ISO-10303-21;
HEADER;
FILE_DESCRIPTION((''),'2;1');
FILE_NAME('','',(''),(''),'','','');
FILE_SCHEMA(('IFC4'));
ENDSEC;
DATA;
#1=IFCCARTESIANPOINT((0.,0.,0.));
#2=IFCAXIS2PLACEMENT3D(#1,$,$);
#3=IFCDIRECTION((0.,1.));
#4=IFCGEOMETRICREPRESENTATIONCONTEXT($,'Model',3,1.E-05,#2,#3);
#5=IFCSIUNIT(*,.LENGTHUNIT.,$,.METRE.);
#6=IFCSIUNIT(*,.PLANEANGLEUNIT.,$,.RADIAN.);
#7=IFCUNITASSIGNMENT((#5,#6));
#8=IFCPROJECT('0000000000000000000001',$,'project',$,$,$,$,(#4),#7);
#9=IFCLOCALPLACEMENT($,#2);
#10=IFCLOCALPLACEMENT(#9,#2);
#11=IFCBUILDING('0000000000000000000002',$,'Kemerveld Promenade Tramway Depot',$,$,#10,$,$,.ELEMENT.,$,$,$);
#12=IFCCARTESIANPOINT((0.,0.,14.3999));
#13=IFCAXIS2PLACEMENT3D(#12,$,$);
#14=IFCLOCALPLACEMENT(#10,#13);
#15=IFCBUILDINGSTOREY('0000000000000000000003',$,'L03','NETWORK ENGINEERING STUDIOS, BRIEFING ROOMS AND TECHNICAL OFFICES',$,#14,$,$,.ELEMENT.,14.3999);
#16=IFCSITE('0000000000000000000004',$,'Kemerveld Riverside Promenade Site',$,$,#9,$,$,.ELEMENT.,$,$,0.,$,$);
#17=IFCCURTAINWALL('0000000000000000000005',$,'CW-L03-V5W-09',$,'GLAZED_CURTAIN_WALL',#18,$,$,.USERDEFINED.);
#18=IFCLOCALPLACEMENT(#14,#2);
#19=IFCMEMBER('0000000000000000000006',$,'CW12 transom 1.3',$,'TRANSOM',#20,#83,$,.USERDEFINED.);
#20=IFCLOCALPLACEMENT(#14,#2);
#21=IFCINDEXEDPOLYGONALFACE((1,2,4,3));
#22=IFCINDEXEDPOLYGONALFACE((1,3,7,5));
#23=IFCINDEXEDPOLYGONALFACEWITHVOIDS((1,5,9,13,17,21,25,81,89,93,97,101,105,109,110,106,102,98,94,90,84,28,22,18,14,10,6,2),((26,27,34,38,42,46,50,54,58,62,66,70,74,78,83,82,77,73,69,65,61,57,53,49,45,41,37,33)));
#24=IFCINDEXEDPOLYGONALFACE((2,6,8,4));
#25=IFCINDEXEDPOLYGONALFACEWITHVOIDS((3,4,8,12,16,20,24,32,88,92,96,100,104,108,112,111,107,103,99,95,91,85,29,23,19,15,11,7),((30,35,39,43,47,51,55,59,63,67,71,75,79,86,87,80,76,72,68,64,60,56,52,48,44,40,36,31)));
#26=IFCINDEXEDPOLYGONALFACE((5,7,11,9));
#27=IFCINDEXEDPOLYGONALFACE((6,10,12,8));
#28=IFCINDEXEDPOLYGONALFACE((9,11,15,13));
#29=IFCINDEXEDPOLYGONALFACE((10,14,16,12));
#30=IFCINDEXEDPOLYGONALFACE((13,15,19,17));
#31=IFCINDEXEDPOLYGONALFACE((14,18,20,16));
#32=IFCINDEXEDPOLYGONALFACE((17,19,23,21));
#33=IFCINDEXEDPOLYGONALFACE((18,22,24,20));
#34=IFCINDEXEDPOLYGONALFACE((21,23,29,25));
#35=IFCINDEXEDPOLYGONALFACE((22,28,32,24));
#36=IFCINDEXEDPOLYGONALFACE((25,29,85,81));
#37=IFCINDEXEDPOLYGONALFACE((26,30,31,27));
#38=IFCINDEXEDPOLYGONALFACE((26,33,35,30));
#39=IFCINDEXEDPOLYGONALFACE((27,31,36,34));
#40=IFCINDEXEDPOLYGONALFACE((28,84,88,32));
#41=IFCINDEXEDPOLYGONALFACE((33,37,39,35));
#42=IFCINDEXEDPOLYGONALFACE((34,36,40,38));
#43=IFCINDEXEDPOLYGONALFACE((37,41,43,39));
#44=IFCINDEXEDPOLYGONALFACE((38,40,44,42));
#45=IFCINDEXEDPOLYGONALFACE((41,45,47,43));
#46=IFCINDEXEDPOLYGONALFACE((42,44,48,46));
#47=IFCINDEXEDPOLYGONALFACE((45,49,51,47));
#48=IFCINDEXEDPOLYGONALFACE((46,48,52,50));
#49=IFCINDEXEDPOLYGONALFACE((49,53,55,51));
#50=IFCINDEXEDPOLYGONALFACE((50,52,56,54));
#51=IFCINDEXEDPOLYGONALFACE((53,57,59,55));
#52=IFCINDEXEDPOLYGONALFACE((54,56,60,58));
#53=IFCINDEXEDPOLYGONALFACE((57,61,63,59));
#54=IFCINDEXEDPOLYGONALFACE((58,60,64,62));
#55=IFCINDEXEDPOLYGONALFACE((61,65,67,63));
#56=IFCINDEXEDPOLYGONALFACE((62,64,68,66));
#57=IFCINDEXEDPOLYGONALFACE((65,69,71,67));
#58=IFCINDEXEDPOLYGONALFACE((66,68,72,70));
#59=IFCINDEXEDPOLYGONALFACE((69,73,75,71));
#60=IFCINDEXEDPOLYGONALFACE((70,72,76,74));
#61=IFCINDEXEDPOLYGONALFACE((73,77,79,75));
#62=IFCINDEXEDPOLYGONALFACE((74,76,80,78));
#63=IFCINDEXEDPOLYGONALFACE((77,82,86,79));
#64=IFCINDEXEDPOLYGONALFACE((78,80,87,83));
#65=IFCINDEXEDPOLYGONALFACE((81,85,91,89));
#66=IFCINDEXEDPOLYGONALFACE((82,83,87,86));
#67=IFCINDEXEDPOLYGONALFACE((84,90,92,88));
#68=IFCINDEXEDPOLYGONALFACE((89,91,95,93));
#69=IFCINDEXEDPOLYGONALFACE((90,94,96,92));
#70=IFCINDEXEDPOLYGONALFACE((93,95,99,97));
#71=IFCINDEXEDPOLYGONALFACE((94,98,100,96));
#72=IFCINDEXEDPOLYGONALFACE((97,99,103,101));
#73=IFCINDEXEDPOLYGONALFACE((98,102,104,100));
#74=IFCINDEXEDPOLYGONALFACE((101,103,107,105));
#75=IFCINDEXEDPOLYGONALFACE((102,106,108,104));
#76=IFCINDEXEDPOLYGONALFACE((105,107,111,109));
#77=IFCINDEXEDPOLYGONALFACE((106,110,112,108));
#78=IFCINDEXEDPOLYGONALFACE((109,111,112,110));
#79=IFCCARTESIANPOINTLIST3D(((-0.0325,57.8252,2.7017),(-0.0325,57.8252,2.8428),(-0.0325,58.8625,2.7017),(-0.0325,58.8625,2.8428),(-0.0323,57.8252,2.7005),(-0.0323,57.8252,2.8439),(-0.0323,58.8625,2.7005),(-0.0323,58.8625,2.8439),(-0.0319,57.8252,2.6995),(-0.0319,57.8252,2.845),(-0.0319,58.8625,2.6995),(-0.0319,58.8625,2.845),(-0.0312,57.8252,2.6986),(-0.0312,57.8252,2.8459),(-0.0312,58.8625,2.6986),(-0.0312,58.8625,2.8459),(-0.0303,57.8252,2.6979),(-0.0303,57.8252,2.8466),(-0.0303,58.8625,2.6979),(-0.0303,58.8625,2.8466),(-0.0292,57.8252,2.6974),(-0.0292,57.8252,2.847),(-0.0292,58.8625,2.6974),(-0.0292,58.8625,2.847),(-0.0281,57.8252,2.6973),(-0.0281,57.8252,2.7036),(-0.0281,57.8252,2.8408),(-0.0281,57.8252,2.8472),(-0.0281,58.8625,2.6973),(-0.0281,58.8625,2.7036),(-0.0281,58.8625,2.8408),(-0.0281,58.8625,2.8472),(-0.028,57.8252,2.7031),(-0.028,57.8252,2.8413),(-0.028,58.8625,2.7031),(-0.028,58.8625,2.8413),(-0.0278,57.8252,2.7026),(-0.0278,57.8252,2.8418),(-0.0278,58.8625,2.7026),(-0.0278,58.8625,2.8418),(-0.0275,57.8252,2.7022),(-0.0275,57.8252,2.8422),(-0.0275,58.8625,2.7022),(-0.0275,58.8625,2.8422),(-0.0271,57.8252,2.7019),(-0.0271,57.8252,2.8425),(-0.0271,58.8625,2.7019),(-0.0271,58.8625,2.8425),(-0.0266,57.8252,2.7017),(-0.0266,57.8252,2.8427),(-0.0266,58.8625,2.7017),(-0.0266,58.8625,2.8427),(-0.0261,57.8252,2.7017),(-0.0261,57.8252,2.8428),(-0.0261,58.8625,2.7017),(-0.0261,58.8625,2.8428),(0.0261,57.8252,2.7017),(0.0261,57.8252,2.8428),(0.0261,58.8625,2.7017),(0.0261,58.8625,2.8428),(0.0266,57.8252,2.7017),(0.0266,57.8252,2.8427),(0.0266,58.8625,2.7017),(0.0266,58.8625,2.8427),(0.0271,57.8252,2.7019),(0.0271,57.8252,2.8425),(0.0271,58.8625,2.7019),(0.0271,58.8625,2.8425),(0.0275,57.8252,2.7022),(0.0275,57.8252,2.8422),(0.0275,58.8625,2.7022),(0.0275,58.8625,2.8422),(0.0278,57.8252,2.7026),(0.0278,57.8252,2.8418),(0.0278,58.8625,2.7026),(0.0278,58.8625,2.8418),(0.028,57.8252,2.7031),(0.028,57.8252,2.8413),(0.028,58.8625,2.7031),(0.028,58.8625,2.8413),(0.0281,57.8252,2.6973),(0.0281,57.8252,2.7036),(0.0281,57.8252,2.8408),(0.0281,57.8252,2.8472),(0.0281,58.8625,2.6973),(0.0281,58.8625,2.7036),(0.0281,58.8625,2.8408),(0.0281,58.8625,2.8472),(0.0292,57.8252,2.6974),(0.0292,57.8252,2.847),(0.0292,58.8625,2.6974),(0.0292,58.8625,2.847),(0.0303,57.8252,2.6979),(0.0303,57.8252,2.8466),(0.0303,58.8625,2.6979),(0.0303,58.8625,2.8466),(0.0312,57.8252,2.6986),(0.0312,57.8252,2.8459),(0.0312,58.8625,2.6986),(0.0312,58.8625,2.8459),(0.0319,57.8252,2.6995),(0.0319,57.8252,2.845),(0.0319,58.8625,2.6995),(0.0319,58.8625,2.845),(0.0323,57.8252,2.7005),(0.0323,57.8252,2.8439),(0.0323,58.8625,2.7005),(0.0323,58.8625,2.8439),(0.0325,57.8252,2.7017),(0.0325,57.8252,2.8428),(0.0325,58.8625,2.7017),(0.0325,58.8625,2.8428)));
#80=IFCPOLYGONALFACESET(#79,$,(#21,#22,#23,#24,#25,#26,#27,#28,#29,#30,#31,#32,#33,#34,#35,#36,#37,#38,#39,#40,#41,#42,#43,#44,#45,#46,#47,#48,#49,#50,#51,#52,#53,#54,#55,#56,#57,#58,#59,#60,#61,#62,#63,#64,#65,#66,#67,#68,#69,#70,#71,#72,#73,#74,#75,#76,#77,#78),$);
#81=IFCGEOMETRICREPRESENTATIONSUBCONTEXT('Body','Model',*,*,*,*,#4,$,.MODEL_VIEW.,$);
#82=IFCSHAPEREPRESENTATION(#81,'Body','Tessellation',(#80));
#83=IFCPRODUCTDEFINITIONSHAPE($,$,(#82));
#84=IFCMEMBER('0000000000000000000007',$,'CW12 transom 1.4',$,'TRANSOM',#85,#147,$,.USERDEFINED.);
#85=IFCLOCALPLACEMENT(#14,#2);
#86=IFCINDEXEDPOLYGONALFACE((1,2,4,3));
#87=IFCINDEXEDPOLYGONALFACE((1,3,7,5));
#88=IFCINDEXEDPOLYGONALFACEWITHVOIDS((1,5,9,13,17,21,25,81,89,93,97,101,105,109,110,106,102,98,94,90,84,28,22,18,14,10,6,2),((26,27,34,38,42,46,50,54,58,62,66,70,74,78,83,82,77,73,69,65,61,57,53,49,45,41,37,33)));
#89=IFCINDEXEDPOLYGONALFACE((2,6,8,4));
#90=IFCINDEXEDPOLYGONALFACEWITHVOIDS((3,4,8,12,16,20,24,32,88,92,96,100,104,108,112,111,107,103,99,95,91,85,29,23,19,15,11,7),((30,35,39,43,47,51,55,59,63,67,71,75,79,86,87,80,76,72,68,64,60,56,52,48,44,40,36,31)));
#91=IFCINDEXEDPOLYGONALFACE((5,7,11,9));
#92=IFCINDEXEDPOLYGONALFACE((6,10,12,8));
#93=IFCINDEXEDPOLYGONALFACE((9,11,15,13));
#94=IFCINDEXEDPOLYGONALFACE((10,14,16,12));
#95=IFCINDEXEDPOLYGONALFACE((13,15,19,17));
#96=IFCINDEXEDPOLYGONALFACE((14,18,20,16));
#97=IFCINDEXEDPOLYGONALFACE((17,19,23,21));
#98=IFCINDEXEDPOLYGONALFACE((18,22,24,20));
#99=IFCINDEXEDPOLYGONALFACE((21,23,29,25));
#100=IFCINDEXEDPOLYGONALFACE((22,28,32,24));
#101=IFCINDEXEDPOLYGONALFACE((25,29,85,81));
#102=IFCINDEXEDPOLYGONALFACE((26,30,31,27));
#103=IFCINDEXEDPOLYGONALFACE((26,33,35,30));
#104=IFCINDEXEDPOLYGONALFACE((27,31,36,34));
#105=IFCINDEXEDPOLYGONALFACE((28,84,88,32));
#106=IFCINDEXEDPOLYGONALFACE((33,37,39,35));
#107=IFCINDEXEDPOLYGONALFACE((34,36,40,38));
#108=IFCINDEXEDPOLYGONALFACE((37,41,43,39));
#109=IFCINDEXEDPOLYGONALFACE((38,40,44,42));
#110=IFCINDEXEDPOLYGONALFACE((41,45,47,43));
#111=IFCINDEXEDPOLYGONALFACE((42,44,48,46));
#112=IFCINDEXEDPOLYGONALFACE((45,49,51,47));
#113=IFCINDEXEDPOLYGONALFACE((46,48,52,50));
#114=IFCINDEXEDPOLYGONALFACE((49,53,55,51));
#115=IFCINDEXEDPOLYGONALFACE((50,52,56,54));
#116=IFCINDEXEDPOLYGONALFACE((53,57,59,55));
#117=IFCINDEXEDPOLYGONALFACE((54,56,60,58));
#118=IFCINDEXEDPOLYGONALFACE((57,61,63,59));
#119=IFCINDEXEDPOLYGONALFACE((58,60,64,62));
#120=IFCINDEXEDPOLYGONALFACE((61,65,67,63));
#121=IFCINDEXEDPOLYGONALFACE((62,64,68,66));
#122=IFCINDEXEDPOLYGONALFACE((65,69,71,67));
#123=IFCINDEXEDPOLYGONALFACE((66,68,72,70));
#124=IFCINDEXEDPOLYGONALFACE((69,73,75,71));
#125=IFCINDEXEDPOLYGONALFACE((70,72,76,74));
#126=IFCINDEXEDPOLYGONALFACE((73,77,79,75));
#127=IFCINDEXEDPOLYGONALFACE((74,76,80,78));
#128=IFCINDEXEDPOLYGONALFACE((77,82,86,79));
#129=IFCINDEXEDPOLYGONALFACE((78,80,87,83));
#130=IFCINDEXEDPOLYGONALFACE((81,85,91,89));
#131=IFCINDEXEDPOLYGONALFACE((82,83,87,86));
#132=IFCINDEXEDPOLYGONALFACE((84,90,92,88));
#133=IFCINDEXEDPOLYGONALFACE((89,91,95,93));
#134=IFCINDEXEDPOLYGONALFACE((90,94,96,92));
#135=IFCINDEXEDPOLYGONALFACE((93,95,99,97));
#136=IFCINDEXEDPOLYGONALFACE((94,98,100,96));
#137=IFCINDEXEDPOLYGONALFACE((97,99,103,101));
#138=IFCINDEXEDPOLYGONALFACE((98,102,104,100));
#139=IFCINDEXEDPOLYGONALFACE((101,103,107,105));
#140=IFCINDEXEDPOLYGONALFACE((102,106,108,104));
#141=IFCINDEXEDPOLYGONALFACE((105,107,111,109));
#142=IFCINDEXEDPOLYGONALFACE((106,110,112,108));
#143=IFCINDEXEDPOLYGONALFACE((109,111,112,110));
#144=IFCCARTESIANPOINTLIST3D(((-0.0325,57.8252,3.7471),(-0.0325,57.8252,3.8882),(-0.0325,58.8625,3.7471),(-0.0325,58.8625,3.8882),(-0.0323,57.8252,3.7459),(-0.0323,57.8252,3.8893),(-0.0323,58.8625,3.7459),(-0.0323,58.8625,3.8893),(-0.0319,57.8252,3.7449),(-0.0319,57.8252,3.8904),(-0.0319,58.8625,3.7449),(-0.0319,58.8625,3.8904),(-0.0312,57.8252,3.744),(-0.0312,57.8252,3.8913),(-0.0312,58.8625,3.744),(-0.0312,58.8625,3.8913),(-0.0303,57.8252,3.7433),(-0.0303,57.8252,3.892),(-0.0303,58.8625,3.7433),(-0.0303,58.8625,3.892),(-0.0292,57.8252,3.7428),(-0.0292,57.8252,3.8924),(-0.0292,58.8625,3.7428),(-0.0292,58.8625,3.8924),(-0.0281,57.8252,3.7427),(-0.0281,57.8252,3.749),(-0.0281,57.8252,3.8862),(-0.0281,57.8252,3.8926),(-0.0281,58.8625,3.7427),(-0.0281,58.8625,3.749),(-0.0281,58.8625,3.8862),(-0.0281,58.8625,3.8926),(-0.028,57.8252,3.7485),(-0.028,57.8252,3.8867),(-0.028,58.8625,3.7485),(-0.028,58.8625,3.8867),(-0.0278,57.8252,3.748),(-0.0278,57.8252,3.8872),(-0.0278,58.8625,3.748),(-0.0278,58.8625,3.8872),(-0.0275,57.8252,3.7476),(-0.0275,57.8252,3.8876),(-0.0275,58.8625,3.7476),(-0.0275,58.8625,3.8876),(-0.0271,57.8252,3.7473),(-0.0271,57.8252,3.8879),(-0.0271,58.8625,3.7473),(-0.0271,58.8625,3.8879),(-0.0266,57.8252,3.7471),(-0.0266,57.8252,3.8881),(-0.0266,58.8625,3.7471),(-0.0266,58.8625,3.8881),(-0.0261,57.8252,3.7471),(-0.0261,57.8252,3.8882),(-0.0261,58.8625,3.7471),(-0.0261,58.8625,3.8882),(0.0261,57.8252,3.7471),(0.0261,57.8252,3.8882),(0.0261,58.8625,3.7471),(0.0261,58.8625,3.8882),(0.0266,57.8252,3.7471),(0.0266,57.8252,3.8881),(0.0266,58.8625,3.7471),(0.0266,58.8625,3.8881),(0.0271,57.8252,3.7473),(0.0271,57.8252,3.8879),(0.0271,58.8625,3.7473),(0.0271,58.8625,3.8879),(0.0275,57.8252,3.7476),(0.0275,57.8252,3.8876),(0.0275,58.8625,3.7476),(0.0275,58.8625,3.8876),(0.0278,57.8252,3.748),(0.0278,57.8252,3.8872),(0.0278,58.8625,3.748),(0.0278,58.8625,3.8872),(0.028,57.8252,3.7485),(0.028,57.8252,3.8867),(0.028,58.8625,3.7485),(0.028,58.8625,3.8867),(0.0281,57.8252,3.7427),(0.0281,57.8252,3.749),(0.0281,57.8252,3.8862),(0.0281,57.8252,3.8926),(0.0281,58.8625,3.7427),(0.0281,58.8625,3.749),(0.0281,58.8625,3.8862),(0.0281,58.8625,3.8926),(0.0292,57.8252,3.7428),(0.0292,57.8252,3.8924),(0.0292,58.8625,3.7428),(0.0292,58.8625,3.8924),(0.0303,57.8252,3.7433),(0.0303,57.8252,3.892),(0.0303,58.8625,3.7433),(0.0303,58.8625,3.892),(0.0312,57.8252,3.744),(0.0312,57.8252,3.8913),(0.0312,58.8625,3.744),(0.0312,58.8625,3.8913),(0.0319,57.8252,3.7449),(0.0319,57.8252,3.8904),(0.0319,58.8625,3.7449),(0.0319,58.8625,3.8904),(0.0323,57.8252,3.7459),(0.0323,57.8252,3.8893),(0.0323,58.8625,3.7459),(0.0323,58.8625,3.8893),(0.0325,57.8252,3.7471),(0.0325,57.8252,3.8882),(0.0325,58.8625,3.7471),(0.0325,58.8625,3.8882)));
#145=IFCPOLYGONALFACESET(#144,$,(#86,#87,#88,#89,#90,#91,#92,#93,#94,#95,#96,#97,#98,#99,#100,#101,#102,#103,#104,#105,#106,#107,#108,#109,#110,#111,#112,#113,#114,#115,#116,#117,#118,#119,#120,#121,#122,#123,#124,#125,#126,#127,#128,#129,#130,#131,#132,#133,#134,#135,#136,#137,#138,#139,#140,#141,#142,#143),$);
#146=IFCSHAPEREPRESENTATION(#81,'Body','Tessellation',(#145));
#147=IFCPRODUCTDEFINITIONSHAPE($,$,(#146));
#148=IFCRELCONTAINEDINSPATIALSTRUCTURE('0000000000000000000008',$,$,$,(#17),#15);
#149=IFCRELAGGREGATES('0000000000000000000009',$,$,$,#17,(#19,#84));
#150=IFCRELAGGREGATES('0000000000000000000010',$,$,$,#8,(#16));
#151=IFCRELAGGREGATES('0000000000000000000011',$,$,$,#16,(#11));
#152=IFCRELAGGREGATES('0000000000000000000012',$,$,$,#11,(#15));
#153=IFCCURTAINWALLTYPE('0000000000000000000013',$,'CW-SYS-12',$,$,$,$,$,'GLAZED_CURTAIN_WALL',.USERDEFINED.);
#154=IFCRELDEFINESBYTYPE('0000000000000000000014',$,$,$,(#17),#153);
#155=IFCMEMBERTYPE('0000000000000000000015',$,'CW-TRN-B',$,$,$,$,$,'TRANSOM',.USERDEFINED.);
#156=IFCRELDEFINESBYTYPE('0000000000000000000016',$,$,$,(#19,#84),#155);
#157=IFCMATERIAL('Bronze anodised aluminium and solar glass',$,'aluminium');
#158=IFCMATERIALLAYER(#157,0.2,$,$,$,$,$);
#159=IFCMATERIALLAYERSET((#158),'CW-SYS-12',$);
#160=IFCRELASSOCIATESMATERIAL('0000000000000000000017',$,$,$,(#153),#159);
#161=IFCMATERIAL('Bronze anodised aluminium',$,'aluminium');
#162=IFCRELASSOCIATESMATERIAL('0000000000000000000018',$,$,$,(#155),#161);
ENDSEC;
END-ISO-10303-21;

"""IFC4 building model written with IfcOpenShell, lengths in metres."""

from ifc_helpers import new_model, si_unit, direction, frame, origin, origin_2d, place, context, subcontext, project, spatial, hollow_rectangle, extrude, material, layer, layer_set, material_profile, profile_set, type_object, element, aggregate, save


model = new_model("IFC4")

# Units and contexts
model_context = context("Model", 3, precision=1e-05, world=origin(), true_north=direction((0.0, 1.0)))
body_context = subcontext(model_context, "Body", "Model", "MODEL_VIEW")
ifc_project = project(units=[si_unit("LENGTHUNIT", "METRE"), si_unit("PLANEANGLEUNIT", "RADIAN")], contexts=[model_context])

# Site, building, storey
site_placement = place(None, origin())
site = spatial("IfcSite", under=ifc_project, at=site_placement, Name="Kemerveld Riverside Promenade Site", CompositionType="ELEMENT", RefElevation=0.0)
building_placement = place(site_placement, origin())
building = spatial("IfcBuilding", under=site, at=building_placement, Name="Kemerveld Promenade Tramway Depot", CompositionType="ELEMENT")
storey_placement = place(building_placement, frame((0.0, 0.0, 14.3999)))
storey = spatial("IfcBuildingStorey", under=building, at=storey_placement, Name="L03", Description="NETWORK ENGINEERING STUDIOS, BRIEFING ROOMS AND TECHNICAL OFFICES", CompositionType="ELEMENT", Elevation=14.3999)

# Curtain wall, members
ifc_material_1 = material(Name="Bronze anodised aluminium and solar glass", Category="aluminium")
ifc_layer_1 = layer(ifc_material_1, 0.2)
ifc_layer_set_1 = layer_set([ifc_layer_1], Name="CW-SYS-12")
curtain_wall_type = type_object("IfcCurtainWallType", Name="CW-SYS-12", ElementType="GLAZED_CURTAIN_WALL", PredefinedType="USERDEFINED", material=ifc_layer_set_1)
curtain_wall_placement = place(storey_placement, origin())
curtain_wall = element("IfcCurtainWall", 1, at=curtain_wall_placement, inside=storey, type_object=curtain_wall_type, Name="CW-L03-V5W-09", ObjectType="GLAZED_CURTAIN_WALL", PredefinedType="USERDEFINED")
ifc_material_2 = material(Name="Bronze anodised aluminium", Category="aluminium")
ifc_material_profile_1 = material_profile(ifc_material_2, hollow_rectangle(XDim=0.0649, YDim=0.1499, WallThickness=0.0044, InnerFilletRadius=0.002, OuterFilletRadius=0.0044, at=origin_2d()), Name="CW-TRN-150x65")
ifc_profile_set_1 = profile_set([ifc_material_profile_1], Name="Bronze anodised aluminium")
member_type_1 = type_object("IfcMemberType", Name="CW-TRN-B", ElementType="TRANSOM", PredefinedType="USERDEFINED", material=ifc_profile_set_1)
member_1_placement = place(storey_placement, frame((0.0, 57.8252, 2.7722), z_axis=(0.0, 1.0, 0.0), x_axis=(-1.0, 0.0, 0.0)))
member_1 = element("IfcMember", 2, at=member_1_placement, type_object=member_type_1, Name="CW12 transom 1.3", ObjectType="TRANSOM", PredefinedType="USERDEFINED", context=body_context, shape_type="SweptSolid", body=[
    extrude(hollow_rectangle(XDim=0.0649, YDim=0.1499, WallThickness=0.0044, InnerFilletRadius=0.002, OuterFilletRadius=0.0044, at=origin_2d()), origin(), (0.0, 0.0, 1.0), 1.0374),
])
member_2_placement = place(storey_placement, frame((0.0, 57.8252, 3.8176), z_axis=(0.0, 1.0, 0.0), x_axis=(-1.0, 0.0, 0.0)))
member_2 = element("IfcMember", 3, at=member_2_placement, type_object=member_type_1, Name="CW12 transom 1.4", ObjectType="TRANSOM", PredefinedType="USERDEFINED", context=body_context, shape_type="SweptSolid", body=[
    extrude(hollow_rectangle(XDim=0.0649, YDim=0.1499, WallThickness=0.0044, InnerFilletRadius=0.002, OuterFilletRadius=0.0044, at=origin_2d()), origin(), (0.0, 0.0, 1.0), 1.0374),
])
aggregate(curtain_wall, [member_1, member_2])

save(model, "model.ifc")
